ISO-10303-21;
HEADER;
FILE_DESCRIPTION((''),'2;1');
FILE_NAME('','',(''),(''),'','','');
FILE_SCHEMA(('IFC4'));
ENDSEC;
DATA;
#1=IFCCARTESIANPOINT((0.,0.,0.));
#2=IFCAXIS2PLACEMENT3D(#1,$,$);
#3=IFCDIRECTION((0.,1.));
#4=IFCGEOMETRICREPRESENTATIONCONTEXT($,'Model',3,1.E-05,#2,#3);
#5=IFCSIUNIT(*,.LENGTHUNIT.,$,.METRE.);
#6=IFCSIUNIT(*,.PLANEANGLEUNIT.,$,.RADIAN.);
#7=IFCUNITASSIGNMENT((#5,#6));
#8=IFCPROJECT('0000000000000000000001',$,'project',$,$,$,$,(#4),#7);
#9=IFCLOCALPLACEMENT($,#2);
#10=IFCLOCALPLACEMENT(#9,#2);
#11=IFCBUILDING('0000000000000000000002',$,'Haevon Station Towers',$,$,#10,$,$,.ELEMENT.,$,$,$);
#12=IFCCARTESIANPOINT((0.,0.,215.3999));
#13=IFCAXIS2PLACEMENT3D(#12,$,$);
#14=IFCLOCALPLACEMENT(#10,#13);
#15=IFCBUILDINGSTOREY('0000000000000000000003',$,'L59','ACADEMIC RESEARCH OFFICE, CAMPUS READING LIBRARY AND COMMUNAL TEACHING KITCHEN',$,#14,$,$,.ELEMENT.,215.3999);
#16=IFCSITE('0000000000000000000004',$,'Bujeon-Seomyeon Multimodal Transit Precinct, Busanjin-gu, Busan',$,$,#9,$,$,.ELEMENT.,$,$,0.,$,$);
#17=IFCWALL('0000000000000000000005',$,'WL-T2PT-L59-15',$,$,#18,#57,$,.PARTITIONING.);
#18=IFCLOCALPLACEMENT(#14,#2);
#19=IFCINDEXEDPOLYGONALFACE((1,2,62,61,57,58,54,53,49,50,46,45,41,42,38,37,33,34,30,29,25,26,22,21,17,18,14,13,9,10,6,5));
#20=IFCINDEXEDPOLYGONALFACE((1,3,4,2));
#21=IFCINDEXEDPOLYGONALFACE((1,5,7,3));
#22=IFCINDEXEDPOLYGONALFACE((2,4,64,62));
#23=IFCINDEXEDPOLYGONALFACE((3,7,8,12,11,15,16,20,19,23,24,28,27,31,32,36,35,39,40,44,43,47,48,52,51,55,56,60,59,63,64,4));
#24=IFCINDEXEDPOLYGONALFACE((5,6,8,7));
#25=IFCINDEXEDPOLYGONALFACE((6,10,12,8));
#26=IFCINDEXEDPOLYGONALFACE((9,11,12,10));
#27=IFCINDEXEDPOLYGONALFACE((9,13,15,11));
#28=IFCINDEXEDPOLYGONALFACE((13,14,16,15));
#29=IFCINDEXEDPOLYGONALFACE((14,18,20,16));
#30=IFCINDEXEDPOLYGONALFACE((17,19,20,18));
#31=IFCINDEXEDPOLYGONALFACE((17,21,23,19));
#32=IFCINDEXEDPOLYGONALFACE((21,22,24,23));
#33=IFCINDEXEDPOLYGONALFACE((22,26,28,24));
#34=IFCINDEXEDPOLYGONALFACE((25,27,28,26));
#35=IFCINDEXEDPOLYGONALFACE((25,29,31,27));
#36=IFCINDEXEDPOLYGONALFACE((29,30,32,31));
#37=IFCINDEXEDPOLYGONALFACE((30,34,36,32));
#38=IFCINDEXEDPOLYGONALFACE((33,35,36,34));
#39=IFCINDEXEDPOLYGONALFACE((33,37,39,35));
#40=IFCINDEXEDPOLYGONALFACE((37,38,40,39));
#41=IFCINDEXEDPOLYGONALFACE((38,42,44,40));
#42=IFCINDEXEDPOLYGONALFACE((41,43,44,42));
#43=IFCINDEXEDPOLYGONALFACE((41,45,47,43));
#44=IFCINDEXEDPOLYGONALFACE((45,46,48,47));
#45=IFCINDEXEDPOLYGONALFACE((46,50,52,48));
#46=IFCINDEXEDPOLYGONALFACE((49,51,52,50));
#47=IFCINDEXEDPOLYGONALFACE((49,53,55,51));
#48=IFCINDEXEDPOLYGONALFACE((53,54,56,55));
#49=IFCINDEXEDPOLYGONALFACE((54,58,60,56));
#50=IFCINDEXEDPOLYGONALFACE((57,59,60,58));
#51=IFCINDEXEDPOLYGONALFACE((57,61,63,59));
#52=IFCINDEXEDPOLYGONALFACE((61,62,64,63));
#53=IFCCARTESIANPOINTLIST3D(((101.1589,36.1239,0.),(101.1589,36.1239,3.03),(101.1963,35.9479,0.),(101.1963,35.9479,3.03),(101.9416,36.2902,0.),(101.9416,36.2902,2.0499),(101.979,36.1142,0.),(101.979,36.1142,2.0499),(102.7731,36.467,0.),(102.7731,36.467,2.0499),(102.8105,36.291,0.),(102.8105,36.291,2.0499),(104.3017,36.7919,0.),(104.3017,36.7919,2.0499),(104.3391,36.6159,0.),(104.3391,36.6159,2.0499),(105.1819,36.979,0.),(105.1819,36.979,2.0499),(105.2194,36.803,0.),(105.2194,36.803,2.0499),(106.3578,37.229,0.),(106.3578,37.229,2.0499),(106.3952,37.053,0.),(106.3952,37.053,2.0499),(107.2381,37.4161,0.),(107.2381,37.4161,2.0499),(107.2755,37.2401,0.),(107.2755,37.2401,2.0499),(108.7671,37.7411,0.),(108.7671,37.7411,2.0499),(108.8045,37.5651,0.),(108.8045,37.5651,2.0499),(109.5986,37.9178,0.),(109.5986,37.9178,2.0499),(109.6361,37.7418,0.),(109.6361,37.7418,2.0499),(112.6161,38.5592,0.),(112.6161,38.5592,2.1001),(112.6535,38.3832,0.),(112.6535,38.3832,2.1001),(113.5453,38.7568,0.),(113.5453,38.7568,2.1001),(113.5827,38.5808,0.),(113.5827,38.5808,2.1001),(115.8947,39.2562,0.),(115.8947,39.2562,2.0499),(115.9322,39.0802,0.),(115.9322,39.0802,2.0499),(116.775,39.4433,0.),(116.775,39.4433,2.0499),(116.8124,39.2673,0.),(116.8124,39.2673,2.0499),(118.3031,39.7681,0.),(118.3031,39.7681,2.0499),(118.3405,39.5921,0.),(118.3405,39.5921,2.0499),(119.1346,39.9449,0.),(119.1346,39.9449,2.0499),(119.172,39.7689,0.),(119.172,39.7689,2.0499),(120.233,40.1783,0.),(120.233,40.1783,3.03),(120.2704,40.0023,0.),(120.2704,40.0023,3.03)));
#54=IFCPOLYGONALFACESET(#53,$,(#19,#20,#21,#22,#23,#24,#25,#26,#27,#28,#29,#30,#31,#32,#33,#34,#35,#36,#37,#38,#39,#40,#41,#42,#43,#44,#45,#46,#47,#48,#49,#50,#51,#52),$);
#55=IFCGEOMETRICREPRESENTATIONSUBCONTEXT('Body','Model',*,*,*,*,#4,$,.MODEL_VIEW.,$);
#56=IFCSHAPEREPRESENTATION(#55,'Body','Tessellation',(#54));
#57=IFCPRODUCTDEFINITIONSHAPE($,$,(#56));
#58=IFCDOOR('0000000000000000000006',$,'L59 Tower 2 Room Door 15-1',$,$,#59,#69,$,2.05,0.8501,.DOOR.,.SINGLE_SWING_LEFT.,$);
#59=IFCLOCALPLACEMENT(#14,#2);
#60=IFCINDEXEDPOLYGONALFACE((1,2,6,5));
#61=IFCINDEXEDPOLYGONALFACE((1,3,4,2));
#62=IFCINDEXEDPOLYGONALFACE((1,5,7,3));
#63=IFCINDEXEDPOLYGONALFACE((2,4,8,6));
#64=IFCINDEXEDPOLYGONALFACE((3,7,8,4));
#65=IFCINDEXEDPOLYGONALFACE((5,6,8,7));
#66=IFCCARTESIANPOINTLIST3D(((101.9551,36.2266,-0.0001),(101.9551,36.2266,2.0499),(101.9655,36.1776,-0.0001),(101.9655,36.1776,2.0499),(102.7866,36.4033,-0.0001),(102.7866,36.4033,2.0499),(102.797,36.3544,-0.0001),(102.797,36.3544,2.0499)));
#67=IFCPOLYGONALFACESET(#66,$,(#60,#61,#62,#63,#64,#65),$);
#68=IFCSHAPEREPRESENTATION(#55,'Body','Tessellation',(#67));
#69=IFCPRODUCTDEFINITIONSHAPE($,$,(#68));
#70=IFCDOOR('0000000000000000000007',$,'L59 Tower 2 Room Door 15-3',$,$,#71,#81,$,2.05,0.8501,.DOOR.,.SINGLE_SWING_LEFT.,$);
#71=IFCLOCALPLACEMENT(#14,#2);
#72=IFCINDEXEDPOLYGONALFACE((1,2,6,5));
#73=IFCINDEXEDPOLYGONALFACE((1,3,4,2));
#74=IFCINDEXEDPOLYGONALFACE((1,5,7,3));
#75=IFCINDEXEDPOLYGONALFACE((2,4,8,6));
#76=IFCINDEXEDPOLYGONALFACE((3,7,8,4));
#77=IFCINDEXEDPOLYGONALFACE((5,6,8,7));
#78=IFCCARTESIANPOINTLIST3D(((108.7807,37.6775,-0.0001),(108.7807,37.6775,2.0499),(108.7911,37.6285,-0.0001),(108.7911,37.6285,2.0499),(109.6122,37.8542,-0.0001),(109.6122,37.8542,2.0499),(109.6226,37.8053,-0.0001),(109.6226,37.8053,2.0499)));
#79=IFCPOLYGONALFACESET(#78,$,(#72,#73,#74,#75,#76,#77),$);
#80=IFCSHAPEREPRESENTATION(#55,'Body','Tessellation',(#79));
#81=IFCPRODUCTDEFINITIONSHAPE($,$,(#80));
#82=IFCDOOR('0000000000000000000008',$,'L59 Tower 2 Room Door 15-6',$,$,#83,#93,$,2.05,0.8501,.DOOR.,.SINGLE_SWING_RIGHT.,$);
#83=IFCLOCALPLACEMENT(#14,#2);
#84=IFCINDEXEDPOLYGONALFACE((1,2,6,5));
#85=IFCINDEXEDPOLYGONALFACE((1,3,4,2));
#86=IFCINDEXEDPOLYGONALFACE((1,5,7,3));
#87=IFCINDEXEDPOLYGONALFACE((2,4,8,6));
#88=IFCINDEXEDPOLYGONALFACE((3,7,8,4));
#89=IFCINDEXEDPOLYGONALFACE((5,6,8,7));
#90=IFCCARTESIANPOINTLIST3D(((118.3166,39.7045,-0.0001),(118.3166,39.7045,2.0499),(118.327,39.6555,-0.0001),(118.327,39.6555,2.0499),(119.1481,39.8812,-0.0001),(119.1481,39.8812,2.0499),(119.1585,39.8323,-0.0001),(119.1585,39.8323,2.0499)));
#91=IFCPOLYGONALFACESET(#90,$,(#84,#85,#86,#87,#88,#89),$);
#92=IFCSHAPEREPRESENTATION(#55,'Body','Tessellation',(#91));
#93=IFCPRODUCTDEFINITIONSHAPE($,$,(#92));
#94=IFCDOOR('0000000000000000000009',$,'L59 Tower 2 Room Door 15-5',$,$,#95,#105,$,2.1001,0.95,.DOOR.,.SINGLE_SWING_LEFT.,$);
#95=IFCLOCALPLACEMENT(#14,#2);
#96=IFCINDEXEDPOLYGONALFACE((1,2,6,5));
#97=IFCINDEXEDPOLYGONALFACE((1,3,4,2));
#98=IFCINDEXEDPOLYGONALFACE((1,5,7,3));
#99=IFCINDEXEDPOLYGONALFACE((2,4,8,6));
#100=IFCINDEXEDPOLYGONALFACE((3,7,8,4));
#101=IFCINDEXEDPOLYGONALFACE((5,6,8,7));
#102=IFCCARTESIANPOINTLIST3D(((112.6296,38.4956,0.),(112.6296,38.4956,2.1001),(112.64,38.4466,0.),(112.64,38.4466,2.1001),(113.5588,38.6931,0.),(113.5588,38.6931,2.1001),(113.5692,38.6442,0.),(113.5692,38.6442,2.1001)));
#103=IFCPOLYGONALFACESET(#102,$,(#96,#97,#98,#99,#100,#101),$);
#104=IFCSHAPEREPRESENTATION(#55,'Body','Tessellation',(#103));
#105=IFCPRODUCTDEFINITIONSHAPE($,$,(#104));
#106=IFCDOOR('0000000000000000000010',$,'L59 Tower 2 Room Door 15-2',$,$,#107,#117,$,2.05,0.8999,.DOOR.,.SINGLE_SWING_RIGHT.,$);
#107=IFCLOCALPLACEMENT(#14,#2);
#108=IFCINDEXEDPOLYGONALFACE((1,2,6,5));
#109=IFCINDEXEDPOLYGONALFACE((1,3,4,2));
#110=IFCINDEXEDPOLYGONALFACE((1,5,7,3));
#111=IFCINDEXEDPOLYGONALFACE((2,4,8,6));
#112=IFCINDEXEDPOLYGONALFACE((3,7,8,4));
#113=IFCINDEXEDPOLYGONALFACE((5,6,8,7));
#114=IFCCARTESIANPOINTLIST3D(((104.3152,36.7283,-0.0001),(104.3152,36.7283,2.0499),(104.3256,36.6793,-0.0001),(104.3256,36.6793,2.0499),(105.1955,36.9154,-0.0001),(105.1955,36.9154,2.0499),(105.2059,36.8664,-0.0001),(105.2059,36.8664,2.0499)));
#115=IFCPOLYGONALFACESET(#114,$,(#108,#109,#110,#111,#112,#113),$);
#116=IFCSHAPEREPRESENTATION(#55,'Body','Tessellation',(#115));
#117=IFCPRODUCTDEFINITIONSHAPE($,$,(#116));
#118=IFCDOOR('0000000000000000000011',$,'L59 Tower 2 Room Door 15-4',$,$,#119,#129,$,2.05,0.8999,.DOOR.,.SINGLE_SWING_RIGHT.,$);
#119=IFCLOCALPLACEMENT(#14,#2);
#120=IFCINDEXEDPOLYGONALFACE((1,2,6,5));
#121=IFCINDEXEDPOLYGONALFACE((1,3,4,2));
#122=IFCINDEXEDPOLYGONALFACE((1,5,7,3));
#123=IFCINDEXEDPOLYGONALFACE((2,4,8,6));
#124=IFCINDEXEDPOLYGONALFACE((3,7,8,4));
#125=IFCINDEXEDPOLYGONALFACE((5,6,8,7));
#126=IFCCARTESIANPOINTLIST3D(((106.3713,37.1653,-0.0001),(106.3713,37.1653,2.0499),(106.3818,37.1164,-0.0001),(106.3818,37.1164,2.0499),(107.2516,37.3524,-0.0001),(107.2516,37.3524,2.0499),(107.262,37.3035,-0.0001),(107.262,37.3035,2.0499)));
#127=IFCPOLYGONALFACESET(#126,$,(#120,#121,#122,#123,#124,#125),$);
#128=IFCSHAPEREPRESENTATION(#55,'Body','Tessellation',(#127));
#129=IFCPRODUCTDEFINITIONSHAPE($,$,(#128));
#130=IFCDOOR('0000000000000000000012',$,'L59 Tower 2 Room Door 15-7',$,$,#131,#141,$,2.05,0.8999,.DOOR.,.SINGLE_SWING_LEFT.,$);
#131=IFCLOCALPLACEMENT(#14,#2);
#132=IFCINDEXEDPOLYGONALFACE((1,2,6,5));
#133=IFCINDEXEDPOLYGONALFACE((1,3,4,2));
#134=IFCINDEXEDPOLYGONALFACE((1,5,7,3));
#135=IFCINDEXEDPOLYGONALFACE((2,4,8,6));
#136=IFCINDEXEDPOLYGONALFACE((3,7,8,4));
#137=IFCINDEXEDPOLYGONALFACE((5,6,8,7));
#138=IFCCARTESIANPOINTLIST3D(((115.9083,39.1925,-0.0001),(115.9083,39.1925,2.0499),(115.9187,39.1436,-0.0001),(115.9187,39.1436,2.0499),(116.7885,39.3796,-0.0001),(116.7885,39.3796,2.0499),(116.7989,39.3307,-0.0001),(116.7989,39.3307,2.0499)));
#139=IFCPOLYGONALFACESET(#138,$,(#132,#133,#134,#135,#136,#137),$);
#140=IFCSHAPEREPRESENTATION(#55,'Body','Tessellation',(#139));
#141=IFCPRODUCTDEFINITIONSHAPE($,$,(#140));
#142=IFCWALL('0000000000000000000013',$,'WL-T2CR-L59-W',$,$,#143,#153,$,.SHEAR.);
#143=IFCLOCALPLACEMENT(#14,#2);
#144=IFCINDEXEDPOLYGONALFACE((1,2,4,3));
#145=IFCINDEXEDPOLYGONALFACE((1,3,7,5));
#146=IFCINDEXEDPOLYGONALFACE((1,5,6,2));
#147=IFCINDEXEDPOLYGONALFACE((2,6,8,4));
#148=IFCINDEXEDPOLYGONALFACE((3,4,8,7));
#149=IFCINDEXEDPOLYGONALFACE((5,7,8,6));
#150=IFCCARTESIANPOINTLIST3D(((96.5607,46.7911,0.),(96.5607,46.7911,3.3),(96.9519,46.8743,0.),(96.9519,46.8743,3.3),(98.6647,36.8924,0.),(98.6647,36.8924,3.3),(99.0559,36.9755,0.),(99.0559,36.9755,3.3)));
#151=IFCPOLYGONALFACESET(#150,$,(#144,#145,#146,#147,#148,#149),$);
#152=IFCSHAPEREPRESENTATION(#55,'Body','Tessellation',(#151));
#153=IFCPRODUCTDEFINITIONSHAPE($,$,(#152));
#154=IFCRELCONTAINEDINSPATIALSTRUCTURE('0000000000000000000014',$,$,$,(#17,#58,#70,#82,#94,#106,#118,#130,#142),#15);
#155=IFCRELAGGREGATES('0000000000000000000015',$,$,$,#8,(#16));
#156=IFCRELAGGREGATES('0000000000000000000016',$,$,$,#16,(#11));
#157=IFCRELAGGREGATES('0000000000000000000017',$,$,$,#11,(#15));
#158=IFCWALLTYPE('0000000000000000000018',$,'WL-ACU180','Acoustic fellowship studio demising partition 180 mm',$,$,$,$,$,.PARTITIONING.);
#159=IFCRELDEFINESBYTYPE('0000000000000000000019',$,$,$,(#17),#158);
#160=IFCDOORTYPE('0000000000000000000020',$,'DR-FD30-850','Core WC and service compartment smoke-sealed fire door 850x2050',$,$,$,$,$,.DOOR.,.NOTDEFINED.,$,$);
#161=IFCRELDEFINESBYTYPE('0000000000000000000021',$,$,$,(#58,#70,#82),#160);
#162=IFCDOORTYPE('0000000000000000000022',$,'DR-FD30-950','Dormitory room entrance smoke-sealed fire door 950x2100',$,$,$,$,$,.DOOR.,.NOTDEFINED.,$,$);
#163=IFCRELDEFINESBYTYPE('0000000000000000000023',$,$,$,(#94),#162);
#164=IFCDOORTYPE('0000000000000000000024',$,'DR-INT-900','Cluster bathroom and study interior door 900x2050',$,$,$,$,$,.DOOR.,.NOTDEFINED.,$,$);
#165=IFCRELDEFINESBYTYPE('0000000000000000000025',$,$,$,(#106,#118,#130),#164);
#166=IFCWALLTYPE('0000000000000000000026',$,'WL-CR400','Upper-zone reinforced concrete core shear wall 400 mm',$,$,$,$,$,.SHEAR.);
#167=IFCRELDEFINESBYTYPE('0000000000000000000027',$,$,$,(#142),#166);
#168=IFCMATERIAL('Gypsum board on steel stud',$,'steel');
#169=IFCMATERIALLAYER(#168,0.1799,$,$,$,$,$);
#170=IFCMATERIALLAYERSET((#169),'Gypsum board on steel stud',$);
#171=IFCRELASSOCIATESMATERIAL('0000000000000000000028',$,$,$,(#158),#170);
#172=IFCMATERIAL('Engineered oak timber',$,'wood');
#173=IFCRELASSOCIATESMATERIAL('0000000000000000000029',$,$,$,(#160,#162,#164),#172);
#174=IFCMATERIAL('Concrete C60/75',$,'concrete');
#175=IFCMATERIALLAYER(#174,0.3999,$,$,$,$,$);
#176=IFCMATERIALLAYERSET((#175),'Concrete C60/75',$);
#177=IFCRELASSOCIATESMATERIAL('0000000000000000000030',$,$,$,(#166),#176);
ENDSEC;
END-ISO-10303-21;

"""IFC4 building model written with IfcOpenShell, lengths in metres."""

from ifc_helpers import new_model, si_unit, direction, frame, frame_2d, origin, place, context, subcontext, project, spatial, rectangle, extrude, material, layer, layer_set, type_object, element, fill, save


model = new_model("IFC4")

# Units and contexts
model_context = context("Model", 3, precision=1e-05, world=origin(), true_north=direction((0.0, 1.0)))
body_context = subcontext(model_context, "Body", "Model", "MODEL_VIEW")
ifc_project = project(units=[si_unit("LENGTHUNIT", "METRE"), si_unit("PLANEANGLEUNIT", "RADIAN")], contexts=[model_context])

# Site, building, storey
site_placement = place(None, origin())
site = spatial("IfcSite", under=ifc_project, at=site_placement, Name="Bujeon-Seomyeon Multimodal Transit Precinct, Busanjin-gu, Busan", CompositionType="ELEMENT", RefElevation=0.0)
building_placement = place(site_placement, origin())
building = spatial("IfcBuilding", under=site, at=building_placement, Name="Haevon Station Towers", CompositionType="ELEMENT")
storey_placement = place(building_placement, frame((0.0, 0.0, 215.3999)))
storey = spatial("IfcBuildingStorey", under=building, at=storey_placement, Name="L59", Description="ACADEMIC RESEARCH OFFICE, CAMPUS READING LIBRARY AND COMMUNAL TEACHING KITCHEN", CompositionType="ELEMENT", Elevation=215.3999)

# Wall, openings, doors
ifc_material_1 = material(Name="Gypsum board on steel stud", Category="steel")
ifc_layer_1 = layer(ifc_material_1, 0.1799)
ifc_layer_set_1 = layer_set([ifc_layer_1], Name="Gypsum board on steel stud")
wall_type_1 = type_object("IfcWallType", Name="WL-ACU180", Description="Acoustic fellowship studio demising partition 180 mm", PredefinedType="PARTITIONING", material=ifc_layer_set_1)
wall_1_placement = place(storey_placement, frame((101.1777, 36.0359, 0.0), z_axis=(0.0, 0.0, 1.0), x_axis=(0.978146, 0.207919, 0.0)))
wall_1 = element("IfcWall", 1, at=wall_1_placement, inside=storey, type_object=wall_type_1, Name="WL-T2PT-L59-15", PredefinedType="PARTITIONING", context=body_context, shape_type="SweptSolid", body=[
    extrude(rectangle(XDim=19.5002, YDim=0.1799, at=frame_2d((9.75, 0.0))), origin(), (0.0, 0.0, 1.0), 3.03),
])
opening_1_placement = place(wall_1_placement, frame((0.8, 0.0, 0.0)))
opening_1 = element("IfcOpeningElement", 2, at=opening_1_placement, cuts=wall_1, PredefinedType="OPENING", context=body_context, shape_type="SweptSolid", body=[
    extrude(rectangle(XDim=0.8501, YDim=2.05, at=frame_2d((0.425, 1.0249))), frame((0.0, 0.0999, 0.0), z_axis=(0.0, -1.0, 0.0), x_axis=(1.0, 0.0, 0.0)), (0.0, 0.0, 1.0), 0.2),
])
opening_2_placement = place(wall_1_placement, frame((3.2129, 0.0, 0.0)))
opening_2 = element("IfcOpeningElement", 3, at=opening_2_placement, cuts=wall_1, PredefinedType="OPENING", context=body_context, shape_type="SweptSolid", body=[
    extrude(rectangle(XDim=0.8999, YDim=2.05, at=frame_2d((0.45, 1.0249))), frame((0.0, 0.0999, 0.0), z_axis=(0.0, -1.0, 0.0), x_axis=(1.0, 0.0, 0.0)), (0.0, 0.0, 1.0), 0.2),
])
opening_3_placement = place(wall_1_placement, frame((7.7781, 0.0, 0.0)))
opening_3 = element("IfcOpeningElement", 4, at=opening_3_placement, cuts=wall_1, PredefinedType="OPENING", context=body_context, shape_type="SweptSolid", body=[
    extrude(rectangle(XDim=0.8501, YDim=2.05, at=frame_2d((0.425, 1.0249))), frame((0.0, 0.0999, 0.0), z_axis=(0.0, -1.0, 0.0), x_axis=(1.0, 0.0, 0.0)), (0.0, 0.0, 1.0), 0.2),
])
opening_4_placement = place(wall_1_placement, frame((5.3149, 0.0, 0.0)))
opening_4 = element("IfcOpeningElement", 5, at=opening_4_placement, cuts=wall_1, PredefinedType="OPENING", context=body_context, shape_type="SweptSolid", body=[
    extrude(rectangle(XDim=0.8999, YDim=2.05, at=frame_2d((0.45, 1.0249))), frame((0.0, 0.0999, 0.0), z_axis=(0.0, -1.0, 0.0), x_axis=(1.0, 0.0, 0.0)), (0.0, 0.0, 1.0), 0.2),
])
opening_5_placement = place(wall_1_placement, frame((11.7129, 0.0, 0.0)))
opening_5 = element("IfcOpeningElement", 6, at=opening_5_placement, cuts=wall_1, PredefinedType="OPENING", context=body_context, shape_type="SweptSolid", body=[
    extrude(rectangle(XDim=0.95, YDim=2.1001, at=frame_2d((0.4751, 1.05))), frame((0.0, 0.0999, 0.0), z_axis=(0.0, -1.0, 0.0), x_axis=(1.0, 0.0, 0.0)), (0.0, 0.0, 1.0), 0.2),
])
opening_6_placement = place(wall_1_placement, frame((17.5271, 0.0, 0.0)))
opening_6 = element("IfcOpeningElement", 7, at=opening_6_placement, cuts=wall_1, PredefinedType="OPENING", context=body_context, shape_type="SweptSolid", body=[
    extrude(rectangle(XDim=0.8501, YDim=2.05, at=frame_2d((0.425, 1.0249))), frame((0.0, 0.0999, 0.0), z_axis=(0.0, -1.0, 0.0), x_axis=(1.0, 0.0, 0.0)), (0.0, 0.0, 1.0), 0.2),
])
opening_7_placement = place(wall_1_placement, frame((15.0649, 0.0, 0.0)))
opening_7 = element("IfcOpeningElement", 8, at=opening_7_placement, cuts=wall_1, PredefinedType="OPENING", context=body_context, shape_type="SweptSolid", body=[
    extrude(rectangle(XDim=0.8999, YDim=2.05, at=frame_2d((0.45, 1.0249))), frame((0.0, 0.0999, 0.0), z_axis=(0.0, -1.0, 0.0), x_axis=(1.0, 0.0, 0.0)), (0.0, 0.0, 1.0), 0.2),
])
ifc_material_2 = material(Name="Engineered oak timber", Category="wood")
door_type_1 = type_object("IfcDoorType", Name="DR-FD30-850", Description="Core WC and service compartment smoke-sealed fire door 850x2050", OperationType="NOTDEFINED", PredefinedType="DOOR", material=ifc_material_2)
door_1_placement = place(opening_1_placement, origin())
door_1 = element("IfcDoor", 9, at=door_1_placement, inside=storey, type_object=door_type_1, Name="L59 Tower 2 Room Door 15-1", OperationType="SINGLE_SWING_LEFT", OverallHeight=2.05, OverallWidth=0.8501, PredefinedType="DOOR", context=body_context, shape_type="SweptSolid", body=[
    extrude(rectangle(XDim=0.8501, YDim=2.05, at=frame_2d((0.425, 1.0249))), frame((0.0, 0.0249, 0.0), z_axis=(0.0, -1.0, 0.0), x_axis=(1.0, 0.0, 0.0)), (0.0, 0.0, 1.0), 0.05),
])
fill(opening_1, door_1)
door_2_placement = place(opening_3_placement, origin())
door_2 = element("IfcDoor", 10, at=door_2_placement, inside=storey, type_object=door_type_1, Name="L59 Tower 2 Room Door 15-3", OperationType="SINGLE_SWING_LEFT", OverallHeight=2.05, OverallWidth=0.8501, PredefinedType="DOOR", context=body_context, shape_type="SweptSolid", body=[
    extrude(rectangle(XDim=0.8501, YDim=2.05, at=frame_2d((0.425, 1.0249))), frame((0.0, 0.0249, 0.0), z_axis=(0.0, -1.0, 0.0), x_axis=(1.0, 0.0, 0.0)), (0.0, 0.0, 1.0), 0.05),
])
fill(opening_3, door_2)
door_3_placement = place(opening_6_placement, origin())
door_3 = element("IfcDoor", 11, at=door_3_placement, inside=storey, type_object=door_type_1, Name="L59 Tower 2 Room Door 15-6", OperationType="SINGLE_SWING_RIGHT", OverallHeight=2.05, OverallWidth=0.8501, PredefinedType="DOOR", context=body_context, shape_type="SweptSolid", body=[
    extrude(rectangle(XDim=0.8501, YDim=2.05, at=frame_2d((0.425, 1.0249))), frame((0.0, 0.0249, 0.0), z_axis=(0.0, -1.0, 0.0), x_axis=(1.0, 0.0, 0.0)), (0.0, 0.0, 1.0), 0.05),
])
fill(opening_6, door_3)
door_type_2 = type_object("IfcDoorType", Name="DR-FD30-950", Description="Dormitory room entrance smoke-sealed fire door 950x2100", OperationType="NOTDEFINED", PredefinedType="DOOR", material=ifc_material_2)
door_4_placement = place(opening_5_placement, origin())
door_4 = element("IfcDoor", 12, at=door_4_placement, inside=storey, type_object=door_type_2, Name="L59 Tower 2 Room Door 15-5", OperationType="SINGLE_SWING_LEFT", OverallHeight=2.1001, OverallWidth=0.95, PredefinedType="DOOR", context=body_context, shape_type="SweptSolid", body=[
    extrude(rectangle(XDim=0.95, YDim=2.1001, at=frame_2d((0.4751, 1.05))), frame((0.0, 0.0249, 0.0), z_axis=(0.0, -1.0, 0.0), x_axis=(1.0, 0.0, 0.0)), (0.0, 0.0, 1.0), 0.05),
])
fill(opening_5, door_4)
door_type_3 = type_object("IfcDoorType", Name="DR-INT-900", Description="Cluster bathroom and study interior door 900x2050", OperationType="NOTDEFINED", PredefinedType="DOOR", material=ifc_material_2)
door_5_placement = place(opening_2_placement, origin())
door_5 = element("IfcDoor", 13, at=door_5_placement, inside=storey, type_object=door_type_3, Name="L59 Tower 2 Room Door 15-2", OperationType="SINGLE_SWING_RIGHT", OverallHeight=2.05, OverallWidth=0.8999, PredefinedType="DOOR", context=body_context, shape_type="SweptSolid", body=[
    extrude(rectangle(XDim=0.8999, YDim=2.05, at=frame_2d((0.45, 1.0249))), frame((0.0, 0.0249, 0.0), z_axis=(0.0, -1.0, 0.0), x_axis=(1.0, 0.0, 0.0)), (0.0, 0.0, 1.0), 0.05),
])
fill(opening_2, door_5)
door_6_placement = place(opening_4_placement, origin())
door_6 = element("IfcDoor", 14, at=door_6_placement, inside=storey, type_object=door_type_3, Name="L59 Tower 2 Room Door 15-4", OperationType="SINGLE_SWING_RIGHT", OverallHeight=2.05, OverallWidth=0.8999, PredefinedType="DOOR", context=body_context, shape_type="SweptSolid", body=[
    extrude(rectangle(XDim=0.8999, YDim=2.05, at=frame_2d((0.45, 1.0249))), frame((0.0, 0.0249, 0.0), z_axis=(0.0, -1.0, 0.0), x_axis=(1.0, 0.0, 0.0)), (0.0, 0.0, 1.0), 0.05),
])
fill(opening_4, door_6)
door_7_placement = place(opening_7_placement, origin())
door_7 = element("IfcDoor", 15, at=door_7_placement, inside=storey, type_object=door_type_3, Name="L59 Tower 2 Room Door 15-7", OperationType="SINGLE_SWING_LEFT", OverallHeight=2.05, OverallWidth=0.8999, PredefinedType="DOOR", context=body_context, shape_type="SweptSolid", body=[
    extrude(rectangle(XDim=0.8999, YDim=2.05, at=frame_2d((0.45, 1.0249))), frame((0.0, 0.0249, 0.0), z_axis=(0.0, -1.0, 0.0), x_axis=(1.0, 0.0, 0.0)), (0.0, 0.0, 1.0), 0.05),
])
fill(opening_7, door_7)

# Wall
ifc_material_3 = material(Name="Concrete C60/75", Category="concrete")
ifc_layer_2 = layer(ifc_material_3, 0.3999)
ifc_layer_set_2 = layer_set([ifc_layer_2], Name="Concrete C60/75")
wall_type_2 = type_object("IfcWallType", Name="WL-CR400", Description="Upper-zone reinforced concrete core shear wall 400 mm", PredefinedType="SHEAR", material=ifc_layer_set_2)
wall_2_placement = place(storey_placement, frame((98.8604, 36.9338, 0.0), z_axis=(0.0, 0.0, 1.0), x_axis=(-0.207909, 0.978148, 0.0)))
element("IfcWall", 16, at=wall_2_placement, inside=storey, type_object=wall_type_2, Name="WL-T2CR-L59-W", PredefinedType="SHEAR", context=body_context, shape_type="SweptSolid", body=[
    extrude(rectangle(XDim=10.1199, YDim=0.3999, at=frame_2d((5.0601, 0.0))), origin(), (0.0, 0.0, 1.0), 3.3),
])

save(model, "model.ifc")
